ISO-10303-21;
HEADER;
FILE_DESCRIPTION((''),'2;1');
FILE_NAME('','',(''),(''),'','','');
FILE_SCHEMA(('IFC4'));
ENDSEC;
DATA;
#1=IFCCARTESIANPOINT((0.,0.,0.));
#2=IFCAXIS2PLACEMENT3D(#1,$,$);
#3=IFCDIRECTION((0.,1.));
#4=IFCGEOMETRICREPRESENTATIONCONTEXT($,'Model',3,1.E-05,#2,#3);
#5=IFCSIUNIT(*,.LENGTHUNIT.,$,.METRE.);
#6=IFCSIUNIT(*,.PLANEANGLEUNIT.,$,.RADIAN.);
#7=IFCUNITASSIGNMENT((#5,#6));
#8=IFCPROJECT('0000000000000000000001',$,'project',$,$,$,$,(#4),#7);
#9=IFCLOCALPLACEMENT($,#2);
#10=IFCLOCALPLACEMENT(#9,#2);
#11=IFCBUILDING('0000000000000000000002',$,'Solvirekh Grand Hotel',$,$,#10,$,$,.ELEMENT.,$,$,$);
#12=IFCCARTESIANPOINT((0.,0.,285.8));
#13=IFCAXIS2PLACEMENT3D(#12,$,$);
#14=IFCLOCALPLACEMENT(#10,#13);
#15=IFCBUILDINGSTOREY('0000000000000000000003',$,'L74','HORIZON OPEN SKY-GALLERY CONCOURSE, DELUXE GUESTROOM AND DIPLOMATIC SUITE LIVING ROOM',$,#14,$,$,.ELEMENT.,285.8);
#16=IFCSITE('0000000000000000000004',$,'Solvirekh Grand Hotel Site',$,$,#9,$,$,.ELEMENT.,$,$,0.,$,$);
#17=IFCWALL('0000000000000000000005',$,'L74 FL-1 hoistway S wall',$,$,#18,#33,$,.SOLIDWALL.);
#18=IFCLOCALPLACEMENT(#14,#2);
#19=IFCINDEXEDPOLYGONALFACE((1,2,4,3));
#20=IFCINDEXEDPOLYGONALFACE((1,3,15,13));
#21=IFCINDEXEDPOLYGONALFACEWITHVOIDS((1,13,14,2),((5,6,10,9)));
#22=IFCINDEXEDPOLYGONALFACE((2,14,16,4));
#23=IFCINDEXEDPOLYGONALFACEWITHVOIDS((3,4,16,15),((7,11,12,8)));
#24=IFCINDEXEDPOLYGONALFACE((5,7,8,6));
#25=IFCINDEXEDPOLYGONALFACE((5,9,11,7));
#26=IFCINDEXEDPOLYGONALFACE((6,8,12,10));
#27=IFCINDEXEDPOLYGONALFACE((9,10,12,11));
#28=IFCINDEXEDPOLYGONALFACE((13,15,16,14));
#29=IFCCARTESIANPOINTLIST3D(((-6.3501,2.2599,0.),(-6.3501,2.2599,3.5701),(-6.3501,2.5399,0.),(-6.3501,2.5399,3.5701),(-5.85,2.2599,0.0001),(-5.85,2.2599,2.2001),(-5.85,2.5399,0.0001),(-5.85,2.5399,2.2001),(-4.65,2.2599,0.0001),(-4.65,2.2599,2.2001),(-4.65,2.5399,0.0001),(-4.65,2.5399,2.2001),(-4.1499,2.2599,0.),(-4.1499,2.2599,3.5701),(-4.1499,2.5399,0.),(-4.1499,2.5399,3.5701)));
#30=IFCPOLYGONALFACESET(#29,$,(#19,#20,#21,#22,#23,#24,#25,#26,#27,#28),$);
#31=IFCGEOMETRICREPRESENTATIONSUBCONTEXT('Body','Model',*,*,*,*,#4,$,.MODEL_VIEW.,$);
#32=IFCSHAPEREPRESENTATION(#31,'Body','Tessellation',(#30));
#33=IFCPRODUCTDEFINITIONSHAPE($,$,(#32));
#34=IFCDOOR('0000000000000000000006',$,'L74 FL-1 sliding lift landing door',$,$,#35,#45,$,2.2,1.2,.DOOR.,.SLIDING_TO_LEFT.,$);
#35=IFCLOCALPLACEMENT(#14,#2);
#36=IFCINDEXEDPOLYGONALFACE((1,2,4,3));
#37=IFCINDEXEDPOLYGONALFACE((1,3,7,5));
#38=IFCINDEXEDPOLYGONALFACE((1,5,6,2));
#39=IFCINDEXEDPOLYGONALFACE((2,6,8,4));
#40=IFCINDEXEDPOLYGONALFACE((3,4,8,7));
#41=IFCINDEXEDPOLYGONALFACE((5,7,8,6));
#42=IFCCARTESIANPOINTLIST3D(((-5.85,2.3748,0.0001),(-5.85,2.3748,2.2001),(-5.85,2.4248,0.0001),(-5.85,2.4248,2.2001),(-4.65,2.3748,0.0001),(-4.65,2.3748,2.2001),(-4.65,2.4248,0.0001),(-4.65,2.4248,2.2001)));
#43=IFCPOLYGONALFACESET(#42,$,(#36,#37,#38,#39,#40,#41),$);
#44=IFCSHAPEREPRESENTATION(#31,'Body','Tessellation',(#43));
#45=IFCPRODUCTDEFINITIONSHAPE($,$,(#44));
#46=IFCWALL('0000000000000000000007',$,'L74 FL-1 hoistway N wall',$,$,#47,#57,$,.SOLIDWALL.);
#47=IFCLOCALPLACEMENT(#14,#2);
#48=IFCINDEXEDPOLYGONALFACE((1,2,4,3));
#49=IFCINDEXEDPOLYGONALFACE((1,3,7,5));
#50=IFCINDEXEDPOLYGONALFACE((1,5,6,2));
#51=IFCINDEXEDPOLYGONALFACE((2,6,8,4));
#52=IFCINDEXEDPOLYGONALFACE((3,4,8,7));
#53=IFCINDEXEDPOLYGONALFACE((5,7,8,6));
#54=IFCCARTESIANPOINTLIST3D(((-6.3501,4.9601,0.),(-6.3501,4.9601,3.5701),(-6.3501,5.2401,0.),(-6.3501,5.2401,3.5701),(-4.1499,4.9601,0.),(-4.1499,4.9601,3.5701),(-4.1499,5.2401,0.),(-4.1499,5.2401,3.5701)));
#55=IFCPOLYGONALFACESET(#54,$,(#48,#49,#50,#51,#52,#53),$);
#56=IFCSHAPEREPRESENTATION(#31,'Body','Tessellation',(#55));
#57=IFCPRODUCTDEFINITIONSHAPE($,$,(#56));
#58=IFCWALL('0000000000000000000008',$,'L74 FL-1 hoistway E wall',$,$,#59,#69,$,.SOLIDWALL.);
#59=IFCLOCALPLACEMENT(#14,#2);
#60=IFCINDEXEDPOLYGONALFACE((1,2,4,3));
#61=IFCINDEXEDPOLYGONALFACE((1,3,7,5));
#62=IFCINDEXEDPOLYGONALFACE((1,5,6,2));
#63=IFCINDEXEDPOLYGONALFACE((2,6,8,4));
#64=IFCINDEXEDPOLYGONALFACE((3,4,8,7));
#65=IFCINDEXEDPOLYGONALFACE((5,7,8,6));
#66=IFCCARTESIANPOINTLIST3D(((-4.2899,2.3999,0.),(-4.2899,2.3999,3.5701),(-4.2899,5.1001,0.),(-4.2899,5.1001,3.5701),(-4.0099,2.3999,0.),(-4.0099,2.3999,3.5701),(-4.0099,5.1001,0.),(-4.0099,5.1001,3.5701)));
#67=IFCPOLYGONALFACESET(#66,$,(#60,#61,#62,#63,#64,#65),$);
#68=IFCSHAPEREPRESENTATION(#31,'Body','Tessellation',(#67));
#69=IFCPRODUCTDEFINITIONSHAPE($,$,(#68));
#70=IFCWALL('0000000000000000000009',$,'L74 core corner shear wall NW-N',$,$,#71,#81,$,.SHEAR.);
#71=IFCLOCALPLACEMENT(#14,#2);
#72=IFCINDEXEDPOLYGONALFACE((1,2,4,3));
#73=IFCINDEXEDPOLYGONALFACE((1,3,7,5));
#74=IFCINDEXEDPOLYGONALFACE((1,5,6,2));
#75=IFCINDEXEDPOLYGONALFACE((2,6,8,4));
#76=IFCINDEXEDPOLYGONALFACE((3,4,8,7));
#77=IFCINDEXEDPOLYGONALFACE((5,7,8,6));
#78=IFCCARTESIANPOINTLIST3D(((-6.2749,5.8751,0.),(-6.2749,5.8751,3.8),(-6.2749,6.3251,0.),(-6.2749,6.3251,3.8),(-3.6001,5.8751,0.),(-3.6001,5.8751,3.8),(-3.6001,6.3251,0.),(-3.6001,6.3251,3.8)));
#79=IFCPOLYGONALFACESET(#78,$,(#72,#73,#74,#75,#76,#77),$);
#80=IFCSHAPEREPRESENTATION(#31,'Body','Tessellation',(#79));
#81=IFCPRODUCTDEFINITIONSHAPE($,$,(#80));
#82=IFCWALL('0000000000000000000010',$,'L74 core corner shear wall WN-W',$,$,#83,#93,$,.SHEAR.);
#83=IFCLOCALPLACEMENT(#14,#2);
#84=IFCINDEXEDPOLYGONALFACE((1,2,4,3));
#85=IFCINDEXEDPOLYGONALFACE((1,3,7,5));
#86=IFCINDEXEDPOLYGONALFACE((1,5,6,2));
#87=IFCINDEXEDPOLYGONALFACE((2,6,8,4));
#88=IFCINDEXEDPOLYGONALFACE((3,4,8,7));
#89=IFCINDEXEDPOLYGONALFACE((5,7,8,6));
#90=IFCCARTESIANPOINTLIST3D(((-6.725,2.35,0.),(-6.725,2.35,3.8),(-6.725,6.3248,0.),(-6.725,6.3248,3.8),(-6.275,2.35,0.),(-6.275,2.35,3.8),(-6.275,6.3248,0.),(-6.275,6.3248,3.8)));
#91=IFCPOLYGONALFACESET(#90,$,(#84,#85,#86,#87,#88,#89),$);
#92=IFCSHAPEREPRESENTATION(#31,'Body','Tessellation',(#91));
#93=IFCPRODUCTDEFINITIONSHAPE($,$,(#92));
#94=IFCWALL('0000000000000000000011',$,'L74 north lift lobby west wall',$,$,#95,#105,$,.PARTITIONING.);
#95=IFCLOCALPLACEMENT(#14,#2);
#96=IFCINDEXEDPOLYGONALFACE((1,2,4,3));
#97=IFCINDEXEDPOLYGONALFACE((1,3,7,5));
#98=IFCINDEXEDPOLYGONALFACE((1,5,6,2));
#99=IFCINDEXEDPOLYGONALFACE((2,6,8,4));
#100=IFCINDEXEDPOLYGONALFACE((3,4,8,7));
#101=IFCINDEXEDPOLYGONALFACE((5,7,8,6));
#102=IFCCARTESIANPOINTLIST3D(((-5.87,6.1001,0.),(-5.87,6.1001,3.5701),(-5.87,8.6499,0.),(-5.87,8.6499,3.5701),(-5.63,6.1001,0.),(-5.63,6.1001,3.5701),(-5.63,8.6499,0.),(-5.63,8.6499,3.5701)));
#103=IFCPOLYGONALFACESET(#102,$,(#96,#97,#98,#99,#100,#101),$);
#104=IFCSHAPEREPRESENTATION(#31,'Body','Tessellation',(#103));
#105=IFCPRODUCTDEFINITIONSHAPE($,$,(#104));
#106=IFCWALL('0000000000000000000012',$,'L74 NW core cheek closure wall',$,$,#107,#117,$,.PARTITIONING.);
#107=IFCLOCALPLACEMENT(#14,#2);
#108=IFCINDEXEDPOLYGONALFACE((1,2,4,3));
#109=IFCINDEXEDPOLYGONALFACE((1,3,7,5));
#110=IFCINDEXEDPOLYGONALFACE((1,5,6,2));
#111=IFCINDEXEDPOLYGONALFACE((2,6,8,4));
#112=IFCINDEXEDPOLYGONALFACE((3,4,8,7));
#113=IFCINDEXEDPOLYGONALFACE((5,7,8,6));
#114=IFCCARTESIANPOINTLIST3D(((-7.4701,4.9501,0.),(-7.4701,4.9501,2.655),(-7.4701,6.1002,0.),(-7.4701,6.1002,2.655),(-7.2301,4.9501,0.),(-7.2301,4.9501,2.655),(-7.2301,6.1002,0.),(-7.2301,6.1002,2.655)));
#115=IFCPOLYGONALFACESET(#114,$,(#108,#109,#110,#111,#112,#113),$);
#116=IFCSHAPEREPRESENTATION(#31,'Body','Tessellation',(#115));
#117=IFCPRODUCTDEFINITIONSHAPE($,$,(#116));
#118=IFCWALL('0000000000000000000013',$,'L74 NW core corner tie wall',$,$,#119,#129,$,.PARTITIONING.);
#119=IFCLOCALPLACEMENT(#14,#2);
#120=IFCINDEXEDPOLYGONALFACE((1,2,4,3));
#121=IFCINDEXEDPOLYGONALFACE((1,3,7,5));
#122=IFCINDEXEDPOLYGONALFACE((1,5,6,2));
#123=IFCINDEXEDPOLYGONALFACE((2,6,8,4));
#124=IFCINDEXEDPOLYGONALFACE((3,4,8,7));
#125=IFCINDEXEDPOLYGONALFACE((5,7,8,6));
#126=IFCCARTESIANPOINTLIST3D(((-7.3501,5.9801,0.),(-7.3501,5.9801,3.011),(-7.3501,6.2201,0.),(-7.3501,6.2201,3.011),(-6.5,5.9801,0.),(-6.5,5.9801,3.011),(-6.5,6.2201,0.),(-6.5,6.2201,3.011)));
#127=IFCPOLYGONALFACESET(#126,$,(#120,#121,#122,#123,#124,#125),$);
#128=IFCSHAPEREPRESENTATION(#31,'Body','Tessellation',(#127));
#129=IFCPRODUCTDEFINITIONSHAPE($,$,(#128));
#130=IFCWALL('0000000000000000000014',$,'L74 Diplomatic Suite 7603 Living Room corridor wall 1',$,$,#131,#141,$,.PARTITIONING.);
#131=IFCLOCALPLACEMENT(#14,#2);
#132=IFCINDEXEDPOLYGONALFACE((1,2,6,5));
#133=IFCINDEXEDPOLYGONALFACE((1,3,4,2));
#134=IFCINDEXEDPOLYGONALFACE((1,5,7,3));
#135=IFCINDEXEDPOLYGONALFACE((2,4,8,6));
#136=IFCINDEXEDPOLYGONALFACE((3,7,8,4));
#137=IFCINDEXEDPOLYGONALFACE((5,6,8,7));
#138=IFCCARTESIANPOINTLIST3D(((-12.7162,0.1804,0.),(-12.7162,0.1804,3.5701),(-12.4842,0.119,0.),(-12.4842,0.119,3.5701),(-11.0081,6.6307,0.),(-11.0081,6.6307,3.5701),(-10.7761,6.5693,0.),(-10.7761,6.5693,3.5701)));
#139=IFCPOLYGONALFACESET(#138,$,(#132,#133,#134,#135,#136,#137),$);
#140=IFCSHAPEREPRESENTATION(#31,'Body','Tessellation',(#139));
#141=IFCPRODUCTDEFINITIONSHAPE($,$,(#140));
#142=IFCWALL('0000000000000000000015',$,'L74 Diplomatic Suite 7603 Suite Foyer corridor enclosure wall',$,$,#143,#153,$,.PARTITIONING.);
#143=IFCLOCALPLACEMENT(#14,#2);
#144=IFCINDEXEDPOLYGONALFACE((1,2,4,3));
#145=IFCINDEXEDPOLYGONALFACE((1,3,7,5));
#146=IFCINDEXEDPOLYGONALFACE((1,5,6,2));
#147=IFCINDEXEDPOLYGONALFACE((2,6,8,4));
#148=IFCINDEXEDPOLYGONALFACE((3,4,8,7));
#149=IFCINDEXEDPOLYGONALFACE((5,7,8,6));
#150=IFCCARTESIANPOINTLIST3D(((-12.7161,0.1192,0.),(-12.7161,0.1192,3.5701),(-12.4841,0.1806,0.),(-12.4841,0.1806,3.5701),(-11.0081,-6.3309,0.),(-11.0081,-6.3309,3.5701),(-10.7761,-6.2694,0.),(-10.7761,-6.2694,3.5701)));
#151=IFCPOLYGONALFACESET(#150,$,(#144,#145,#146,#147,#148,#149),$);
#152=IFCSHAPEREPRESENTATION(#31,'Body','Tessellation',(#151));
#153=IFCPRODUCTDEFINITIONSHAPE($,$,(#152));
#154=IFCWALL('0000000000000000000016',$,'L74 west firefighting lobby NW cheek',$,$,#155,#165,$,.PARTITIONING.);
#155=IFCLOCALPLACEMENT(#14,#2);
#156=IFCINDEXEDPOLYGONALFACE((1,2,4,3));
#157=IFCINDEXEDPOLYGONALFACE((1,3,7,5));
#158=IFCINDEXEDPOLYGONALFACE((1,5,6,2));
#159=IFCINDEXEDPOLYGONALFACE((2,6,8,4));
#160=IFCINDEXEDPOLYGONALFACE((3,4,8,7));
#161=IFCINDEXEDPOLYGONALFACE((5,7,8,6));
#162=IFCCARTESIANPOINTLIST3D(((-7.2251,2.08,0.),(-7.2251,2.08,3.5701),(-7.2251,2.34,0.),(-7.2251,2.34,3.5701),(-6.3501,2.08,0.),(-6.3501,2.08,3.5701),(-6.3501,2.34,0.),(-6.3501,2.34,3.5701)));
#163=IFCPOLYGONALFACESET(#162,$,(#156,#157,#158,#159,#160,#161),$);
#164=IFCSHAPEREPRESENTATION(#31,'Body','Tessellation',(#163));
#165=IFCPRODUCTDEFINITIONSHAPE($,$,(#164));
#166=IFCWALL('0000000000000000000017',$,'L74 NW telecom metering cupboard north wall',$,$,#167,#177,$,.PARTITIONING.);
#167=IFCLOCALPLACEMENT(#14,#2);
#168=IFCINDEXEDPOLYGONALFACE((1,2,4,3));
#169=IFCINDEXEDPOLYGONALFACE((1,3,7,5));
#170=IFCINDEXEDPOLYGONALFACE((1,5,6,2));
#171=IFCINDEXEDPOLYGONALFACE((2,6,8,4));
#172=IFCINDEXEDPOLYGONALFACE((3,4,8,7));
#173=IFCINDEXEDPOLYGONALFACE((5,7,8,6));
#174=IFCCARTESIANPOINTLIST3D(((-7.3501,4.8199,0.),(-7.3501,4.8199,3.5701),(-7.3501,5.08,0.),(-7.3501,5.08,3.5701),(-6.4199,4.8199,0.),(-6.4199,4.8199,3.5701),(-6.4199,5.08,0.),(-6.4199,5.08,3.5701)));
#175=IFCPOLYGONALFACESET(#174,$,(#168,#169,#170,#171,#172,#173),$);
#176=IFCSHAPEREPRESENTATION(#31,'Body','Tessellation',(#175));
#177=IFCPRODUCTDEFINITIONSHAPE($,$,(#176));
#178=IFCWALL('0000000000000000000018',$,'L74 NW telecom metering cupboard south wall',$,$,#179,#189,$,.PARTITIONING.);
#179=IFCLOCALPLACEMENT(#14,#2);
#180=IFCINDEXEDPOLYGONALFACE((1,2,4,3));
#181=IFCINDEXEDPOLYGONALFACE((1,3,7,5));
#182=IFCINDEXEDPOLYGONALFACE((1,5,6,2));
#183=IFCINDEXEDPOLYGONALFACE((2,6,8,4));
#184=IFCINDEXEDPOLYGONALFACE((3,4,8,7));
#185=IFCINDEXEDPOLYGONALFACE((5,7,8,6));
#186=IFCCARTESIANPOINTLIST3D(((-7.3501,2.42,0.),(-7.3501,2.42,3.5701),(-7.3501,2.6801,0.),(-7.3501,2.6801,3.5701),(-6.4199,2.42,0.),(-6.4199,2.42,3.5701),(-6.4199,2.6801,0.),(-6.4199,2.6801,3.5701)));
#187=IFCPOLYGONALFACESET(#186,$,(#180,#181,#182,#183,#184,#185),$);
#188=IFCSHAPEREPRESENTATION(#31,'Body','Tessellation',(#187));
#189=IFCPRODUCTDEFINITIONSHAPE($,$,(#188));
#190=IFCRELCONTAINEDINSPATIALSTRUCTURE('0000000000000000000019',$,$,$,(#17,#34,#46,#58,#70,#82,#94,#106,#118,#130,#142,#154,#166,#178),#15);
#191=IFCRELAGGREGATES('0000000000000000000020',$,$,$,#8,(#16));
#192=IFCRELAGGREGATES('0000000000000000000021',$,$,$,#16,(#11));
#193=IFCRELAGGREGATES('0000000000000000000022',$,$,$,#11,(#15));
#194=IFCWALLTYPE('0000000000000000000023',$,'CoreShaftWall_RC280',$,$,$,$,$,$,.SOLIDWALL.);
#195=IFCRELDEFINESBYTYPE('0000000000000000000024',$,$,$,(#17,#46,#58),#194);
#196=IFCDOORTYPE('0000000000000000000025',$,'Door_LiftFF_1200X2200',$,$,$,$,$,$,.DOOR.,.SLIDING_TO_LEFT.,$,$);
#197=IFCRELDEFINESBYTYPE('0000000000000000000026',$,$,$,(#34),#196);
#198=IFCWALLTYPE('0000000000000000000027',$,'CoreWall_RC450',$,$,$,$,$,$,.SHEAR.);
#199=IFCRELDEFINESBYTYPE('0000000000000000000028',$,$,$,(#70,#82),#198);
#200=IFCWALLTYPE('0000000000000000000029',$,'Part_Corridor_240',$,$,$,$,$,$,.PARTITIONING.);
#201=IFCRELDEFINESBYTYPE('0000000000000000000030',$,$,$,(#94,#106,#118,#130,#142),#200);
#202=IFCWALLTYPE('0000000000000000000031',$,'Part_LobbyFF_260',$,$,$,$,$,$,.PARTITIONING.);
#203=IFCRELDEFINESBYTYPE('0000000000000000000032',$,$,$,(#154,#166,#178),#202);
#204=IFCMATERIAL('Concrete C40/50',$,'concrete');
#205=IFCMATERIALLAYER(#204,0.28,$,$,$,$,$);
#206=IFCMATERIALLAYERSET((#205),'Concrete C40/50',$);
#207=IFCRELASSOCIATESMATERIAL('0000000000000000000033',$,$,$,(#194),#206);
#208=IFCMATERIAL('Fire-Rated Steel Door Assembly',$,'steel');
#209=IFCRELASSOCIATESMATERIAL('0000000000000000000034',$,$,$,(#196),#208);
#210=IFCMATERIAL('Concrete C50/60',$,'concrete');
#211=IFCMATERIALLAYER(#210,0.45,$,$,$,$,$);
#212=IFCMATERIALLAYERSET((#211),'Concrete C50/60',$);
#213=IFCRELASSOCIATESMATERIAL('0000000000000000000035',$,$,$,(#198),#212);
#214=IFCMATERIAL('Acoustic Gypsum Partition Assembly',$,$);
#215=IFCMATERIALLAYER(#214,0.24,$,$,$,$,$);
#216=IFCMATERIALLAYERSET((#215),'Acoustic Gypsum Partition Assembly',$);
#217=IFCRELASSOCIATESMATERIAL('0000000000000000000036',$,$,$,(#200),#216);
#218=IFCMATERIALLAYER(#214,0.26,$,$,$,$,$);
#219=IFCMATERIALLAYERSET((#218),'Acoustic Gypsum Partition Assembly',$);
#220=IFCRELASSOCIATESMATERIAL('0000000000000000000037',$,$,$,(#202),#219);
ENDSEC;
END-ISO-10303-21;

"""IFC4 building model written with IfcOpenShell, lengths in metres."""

from ifc_helpers import new_model, si_unit, direction, frame, frame_2d, origin, place, context, subcontext, project, spatial, rectangle, extrude, material, layer, layer_set, type_object, element, fill, save


model = new_model("IFC4")

# Units and contexts
model_context = context("Model", 3, precision=1e-05, world=origin(), true_north=direction((0.0, 1.0)))
body_context = subcontext(model_context, "Body", "Model", "MODEL_VIEW")
ifc_project = project(units=[si_unit("LENGTHUNIT", "METRE"), si_unit("PLANEANGLEUNIT", "RADIAN")], contexts=[model_context])

# Site, building, storey
site_placement = place(None, origin())
site = spatial("IfcSite", under=ifc_project, at=site_placement, Name="Solvirekh Grand Hotel Site", CompositionType="ELEMENT", RefElevation=0.0)
building_placement = place(site_placement, origin())
building = spatial("IfcBuilding", under=site, at=building_placement, Name="Solvirekh Grand Hotel", CompositionType="ELEMENT")
storey_placement = place(building_placement, frame((0.0, 0.0, 285.8)))
storey = spatial("IfcBuildingStorey", under=building, at=storey_placement, Name="L74", Description="HORIZON OPEN SKY-GALLERY CONCOURSE, DELUXE GUESTROOM AND DIPLOMATIC SUITE LIVING ROOM", CompositionType="ELEMENT", Elevation=285.8)

# Shared definitions
ifc_material_1 = material(Name="Concrete C50/60", Category="concrete")

# Shared definitions
ifc_material_2 = material(Name="Concrete C40/50", Category="concrete")
ifc_layer_1 = layer(ifc_material_2, 0.28)
ifc_layer_set_1 = layer_set([ifc_layer_1], Name="Concrete C40/50")
wall_type_1 = type_object("IfcWallType", Name="CoreShaftWall_RC280", PredefinedType="SOLIDWALL", material=ifc_layer_set_1)
ifc_material_3 = material(Name="Fire-Rated Steel Door Assembly", Category="steel")

# Wall, opening, door
wall_1_placement = place(storey_placement, frame((-6.3501, 2.3999, 0.0), z_axis=(0.0, 0.0, 1.0), x_axis=(1.0, 0.0, 0.0)))
wall_1 = element("IfcWall", 1, at=wall_1_placement, inside=storey, type_object=wall_type_1, Name="L74 FL-1 hoistway S wall", PredefinedType="SOLIDWALL", context=body_context, shape_type="SweptSolid", body=[
    extrude(rectangle(XDim=2.2002, YDim=0.28, at=frame_2d((1.1001, 0.0))), origin(), (0.0, 0.0, 1.0), 3.5701),
])
opening_1_placement = place(wall_1_placement, frame((0.5, 0.0, 0.0)))
opening_1 = element("IfcOpeningElement", 2, at=opening_1_placement, cuts=wall_1, PredefinedType="OPENING", context=body_context, shape_type="SweptSolid", body=[
    extrude(rectangle(XDim=1.2, YDim=2.2, at=frame_2d((0.6001, 1.1001))), frame((0.0, 0.1499, 0.0), z_axis=(0.0, -1.0, 0.0), x_axis=(1.0, 0.0, 0.0)), (0.0, 0.0, 1.0), 0.3),
])
door_type_1 = type_object("IfcDoorType", Name="Door_LiftFF_1200X2200", OperationType="SLIDING_TO_LEFT", PredefinedType="DOOR", material=ifc_material_3)
door_1_placement = place(opening_1_placement, origin())
door_1 = element("IfcDoor", 3, at=door_1_placement, inside=storey, type_object=door_type_1, Name="L74 FL-1 sliding lift landing door", OperationType="SLIDING_TO_LEFT", OverallHeight=2.2, OverallWidth=1.2, PredefinedType="DOOR", context=body_context, shape_type="SweptSolid", body=[
    extrude(rectangle(XDim=1.2, YDim=2.2, at=frame_2d((0.6001, 1.1001))), frame((0.0, 0.0249, 0.0), z_axis=(0.0, -1.0, 0.0), x_axis=(1.0, 0.0, 0.0)), (0.0, 0.0, 1.0), 0.05),
])
fill(opening_1, door_1)

# Walls
wall_2_placement = place(storey_placement, frame((-4.1499, 5.1001, 0.0), z_axis=(0.0, 0.0, 1.0), x_axis=(-1.0, 0.0, 0.0)))
element("IfcWall", 4, at=wall_2_placement, inside=storey, type_object=wall_type_1, Name="L74 FL-1 hoistway N wall", PredefinedType="SOLIDWALL", context=body_context, shape_type="SweptSolid", body=[
    extrude(rectangle(XDim=2.2002, YDim=0.28, at=frame_2d((1.1001, 0.0))), origin(), (0.0, 0.0, 1.0), 3.5701),
])
wall_3_placement = place(storey_placement, frame((-4.1499, 2.3999, 0.0), z_axis=(0.0, 0.0, 1.0), x_axis=(0.0, 1.0, 0.0)))
element("IfcWall", 5, at=wall_3_placement, inside=storey, type_object=wall_type_1, Name="L74 FL-1 hoistway E wall", PredefinedType="SOLIDWALL", context=body_context, shape_type="SweptSolid", body=[
    extrude(rectangle(XDim=2.7002, YDim=0.28, at=frame_2d((1.3501, 0.0))), origin(), (0.0, 0.0, 1.0), 3.5701),
])
ifc_layer_2 = layer(ifc_material_1, 0.45)
ifc_layer_set_2 = layer_set([ifc_layer_2], Name="Concrete C50/60")
wall_type_2 = type_object("IfcWallType", Name="CoreWall_RC450", PredefinedType="SHEAR", material=ifc_layer_set_2)
wall_4_placement = place(storey_placement, frame((-6.2749, 6.1001, 0.0), z_axis=(0.0, 0.0, 1.0), x_axis=(1.0, 0.0, 0.0)))
element("IfcWall", 6, at=wall_4_placement, inside=storey, type_object=wall_type_2, Name="L74 core corner shear wall NW-N", PredefinedType="SHEAR", context=body_context, shape_type="SweptSolid", body=[
    extrude(rectangle(XDim=2.6748, YDim=0.45, at=frame_2d((1.3374, 0.0))), origin(), (0.0, 0.0, 1.0), 3.8),
])
wall_5_placement = place(storey_placement, frame((-6.5, 2.3501, 0.0), z_axis=(0.0, 0.0, 1.0), x_axis=(0.0, 1.0, 0.0)))
element("IfcWall", 7, at=wall_5_placement, inside=storey, type_object=wall_type_2, Name="L74 core corner shear wall WN-W", PredefinedType="SHEAR", context=body_context, shape_type="SweptSolid", body=[
    extrude(rectangle(XDim=3.9749, YDim=0.45, at=frame_2d((1.9873, 0.0))), origin(), (0.0, 0.0, 1.0), 3.8),
])
ifc_material_4 = material(Name="Acoustic Gypsum Partition Assembly")
ifc_layer_3 = layer(ifc_material_4, 0.24)
ifc_layer_set_3 = layer_set([ifc_layer_3], Name="Acoustic Gypsum Partition Assembly")
wall_type_3 = type_object("IfcWallType", Name="Part_Corridor_240", PredefinedType="PARTITIONING", material=ifc_layer_set_3)
wall_6_placement = place(storey_placement, frame((-5.75, 6.1001, 0.0), z_axis=(0.0, 0.0, 1.0), x_axis=(0.0, 1.0, 0.0)))
element("IfcWall", 8, at=wall_6_placement, inside=storey, type_object=wall_type_3, Name="L74 north lift lobby west wall", PredefinedType="PARTITIONING", context=body_context, shape_type="SweptSolid", body=[
    extrude(rectangle(XDim=2.5498, YDim=0.24, at=frame_2d((1.2749, 0.0))), origin(), (0.0, 0.0, 1.0), 3.5701),
])
wall_7_placement = place(storey_placement, frame((-7.3501, 4.95, 0.0), z_axis=(0.0, 0.0, 1.0), x_axis=(0.0, 1.0, 0.0)))
element("IfcWall", 9, at=wall_7_placement, inside=storey, type_object=wall_type_3, Name="L74 NW core cheek closure wall", PredefinedType="PARTITIONING", context=body_context, shape_type="SweptSolid", body=[
    extrude(rectangle(XDim=1.1501, YDim=0.24, at=frame_2d((0.5752, 0.0))), origin(), (0.0, 0.0, 1.0), 2.655),
])
wall_8_placement = place(storey_placement, frame((-7.3501, 6.1001, 0.0), z_axis=(0.0, 0.0, 1.0), x_axis=(1.0, 0.0, 0.0)))
element("IfcWall", 10, at=wall_8_placement, inside=storey, type_object=wall_type_3, Name="L74 NW core corner tie wall", PredefinedType="PARTITIONING", context=body_context, shape_type="SweptSolid", body=[
    extrude(rectangle(XDim=0.8501, YDim=0.24, at=frame_2d((0.425, 0.0))), origin(), (0.0, 0.0, 1.0), 3.011),
])
wall_9_placement = place(storey_placement, frame((-10.8921, 6.6001, 0.0), z_axis=(0.0, 0.0, 1.0), x_axis=(-0.255977, -0.966683, 0.0)))
element("IfcWall", 11, at=wall_9_placement, inside=storey, type_object=wall_type_3, Name="L74 Diplomatic Suite 7603 Living Room corridor wall 1", PredefinedType="PARTITIONING", context=body_context, shape_type="SweptSolid", body=[
    extrude(rectangle(XDim=6.6726, YDim=0.24, at=frame_2d((3.3364, 0.0))), origin(), (0.0, 0.0, 1.0), 3.5701),
])
wall_10_placement = place(storey_placement, frame((-12.6001, 0.1499, 0.0), z_axis=(0.0, 0.0, 1.0), x_axis=(0.255986, -0.96668, 0.0)))
element("IfcWall", 12, at=wall_10_placement, inside=storey, type_object=wall_type_3, Name="L74 Diplomatic Suite 7603 Suite Foyer corridor enclosure wall", PredefinedType="PARTITIONING", context=body_context, shape_type="SweptSolid", body=[
    extrude(rectangle(XDim=6.6724, YDim=0.24, at=frame_2d((3.3362, 0.0))), origin(), (0.0, 0.0, 1.0), 3.5701),
])
ifc_layer_4 = layer(ifc_material_4, 0.26)
ifc_layer_set_4 = layer_set([ifc_layer_4], Name="Acoustic Gypsum Partition Assembly")
wall_type_4 = type_object("IfcWallType", Name="Part_LobbyFF_260", PredefinedType="PARTITIONING", material=ifc_layer_set_4)
wall_11_placement = place(storey_placement, frame((-7.2251, 2.21, 0.0), z_axis=(0.0, 0.0, 1.0), x_axis=(1.0, 0.0, 0.0)))
element("IfcWall", 13, at=wall_11_placement, inside=storey, type_object=wall_type_4, Name="L74 west firefighting lobby NW cheek", PredefinedType="PARTITIONING", context=body_context, shape_type="SweptSolid", body=[
    extrude(rectangle(XDim=0.875, YDim=0.26, at=frame_2d((0.4375, 0.0))), origin(), (0.0, 0.0, 1.0), 3.5701),
])
for number, where, z_axis, x_axis, name in (
    (14, (-7.3501, 4.95, 0.0), (0.0, 0.0, 1.0), (1.0, 0.0, 0.0), "L74 NW telecom metering cupboard north wall"),
    (15, (-7.3501, 2.55, 0.0), (0.0, 0.0, 1.0), (1.0, 0.0, 0.0), "L74 NW telecom metering cupboard south wall"),
):
    element("IfcWall", number, at=place(storey_placement, frame(where, z_axis=z_axis, x_axis=x_axis)), inside=storey, type_object=wall_type_4, Name=name, PredefinedType="PARTITIONING", context=body_context, shape_type="SweptSolid", body=[
        extrude(rectangle(XDim=0.9302, YDim=0.26, at=frame_2d((0.4651, 0.0))), origin(), (0.0, 0.0, 1.0), 3.5701),
    ])

save(model, "model.ifc")
